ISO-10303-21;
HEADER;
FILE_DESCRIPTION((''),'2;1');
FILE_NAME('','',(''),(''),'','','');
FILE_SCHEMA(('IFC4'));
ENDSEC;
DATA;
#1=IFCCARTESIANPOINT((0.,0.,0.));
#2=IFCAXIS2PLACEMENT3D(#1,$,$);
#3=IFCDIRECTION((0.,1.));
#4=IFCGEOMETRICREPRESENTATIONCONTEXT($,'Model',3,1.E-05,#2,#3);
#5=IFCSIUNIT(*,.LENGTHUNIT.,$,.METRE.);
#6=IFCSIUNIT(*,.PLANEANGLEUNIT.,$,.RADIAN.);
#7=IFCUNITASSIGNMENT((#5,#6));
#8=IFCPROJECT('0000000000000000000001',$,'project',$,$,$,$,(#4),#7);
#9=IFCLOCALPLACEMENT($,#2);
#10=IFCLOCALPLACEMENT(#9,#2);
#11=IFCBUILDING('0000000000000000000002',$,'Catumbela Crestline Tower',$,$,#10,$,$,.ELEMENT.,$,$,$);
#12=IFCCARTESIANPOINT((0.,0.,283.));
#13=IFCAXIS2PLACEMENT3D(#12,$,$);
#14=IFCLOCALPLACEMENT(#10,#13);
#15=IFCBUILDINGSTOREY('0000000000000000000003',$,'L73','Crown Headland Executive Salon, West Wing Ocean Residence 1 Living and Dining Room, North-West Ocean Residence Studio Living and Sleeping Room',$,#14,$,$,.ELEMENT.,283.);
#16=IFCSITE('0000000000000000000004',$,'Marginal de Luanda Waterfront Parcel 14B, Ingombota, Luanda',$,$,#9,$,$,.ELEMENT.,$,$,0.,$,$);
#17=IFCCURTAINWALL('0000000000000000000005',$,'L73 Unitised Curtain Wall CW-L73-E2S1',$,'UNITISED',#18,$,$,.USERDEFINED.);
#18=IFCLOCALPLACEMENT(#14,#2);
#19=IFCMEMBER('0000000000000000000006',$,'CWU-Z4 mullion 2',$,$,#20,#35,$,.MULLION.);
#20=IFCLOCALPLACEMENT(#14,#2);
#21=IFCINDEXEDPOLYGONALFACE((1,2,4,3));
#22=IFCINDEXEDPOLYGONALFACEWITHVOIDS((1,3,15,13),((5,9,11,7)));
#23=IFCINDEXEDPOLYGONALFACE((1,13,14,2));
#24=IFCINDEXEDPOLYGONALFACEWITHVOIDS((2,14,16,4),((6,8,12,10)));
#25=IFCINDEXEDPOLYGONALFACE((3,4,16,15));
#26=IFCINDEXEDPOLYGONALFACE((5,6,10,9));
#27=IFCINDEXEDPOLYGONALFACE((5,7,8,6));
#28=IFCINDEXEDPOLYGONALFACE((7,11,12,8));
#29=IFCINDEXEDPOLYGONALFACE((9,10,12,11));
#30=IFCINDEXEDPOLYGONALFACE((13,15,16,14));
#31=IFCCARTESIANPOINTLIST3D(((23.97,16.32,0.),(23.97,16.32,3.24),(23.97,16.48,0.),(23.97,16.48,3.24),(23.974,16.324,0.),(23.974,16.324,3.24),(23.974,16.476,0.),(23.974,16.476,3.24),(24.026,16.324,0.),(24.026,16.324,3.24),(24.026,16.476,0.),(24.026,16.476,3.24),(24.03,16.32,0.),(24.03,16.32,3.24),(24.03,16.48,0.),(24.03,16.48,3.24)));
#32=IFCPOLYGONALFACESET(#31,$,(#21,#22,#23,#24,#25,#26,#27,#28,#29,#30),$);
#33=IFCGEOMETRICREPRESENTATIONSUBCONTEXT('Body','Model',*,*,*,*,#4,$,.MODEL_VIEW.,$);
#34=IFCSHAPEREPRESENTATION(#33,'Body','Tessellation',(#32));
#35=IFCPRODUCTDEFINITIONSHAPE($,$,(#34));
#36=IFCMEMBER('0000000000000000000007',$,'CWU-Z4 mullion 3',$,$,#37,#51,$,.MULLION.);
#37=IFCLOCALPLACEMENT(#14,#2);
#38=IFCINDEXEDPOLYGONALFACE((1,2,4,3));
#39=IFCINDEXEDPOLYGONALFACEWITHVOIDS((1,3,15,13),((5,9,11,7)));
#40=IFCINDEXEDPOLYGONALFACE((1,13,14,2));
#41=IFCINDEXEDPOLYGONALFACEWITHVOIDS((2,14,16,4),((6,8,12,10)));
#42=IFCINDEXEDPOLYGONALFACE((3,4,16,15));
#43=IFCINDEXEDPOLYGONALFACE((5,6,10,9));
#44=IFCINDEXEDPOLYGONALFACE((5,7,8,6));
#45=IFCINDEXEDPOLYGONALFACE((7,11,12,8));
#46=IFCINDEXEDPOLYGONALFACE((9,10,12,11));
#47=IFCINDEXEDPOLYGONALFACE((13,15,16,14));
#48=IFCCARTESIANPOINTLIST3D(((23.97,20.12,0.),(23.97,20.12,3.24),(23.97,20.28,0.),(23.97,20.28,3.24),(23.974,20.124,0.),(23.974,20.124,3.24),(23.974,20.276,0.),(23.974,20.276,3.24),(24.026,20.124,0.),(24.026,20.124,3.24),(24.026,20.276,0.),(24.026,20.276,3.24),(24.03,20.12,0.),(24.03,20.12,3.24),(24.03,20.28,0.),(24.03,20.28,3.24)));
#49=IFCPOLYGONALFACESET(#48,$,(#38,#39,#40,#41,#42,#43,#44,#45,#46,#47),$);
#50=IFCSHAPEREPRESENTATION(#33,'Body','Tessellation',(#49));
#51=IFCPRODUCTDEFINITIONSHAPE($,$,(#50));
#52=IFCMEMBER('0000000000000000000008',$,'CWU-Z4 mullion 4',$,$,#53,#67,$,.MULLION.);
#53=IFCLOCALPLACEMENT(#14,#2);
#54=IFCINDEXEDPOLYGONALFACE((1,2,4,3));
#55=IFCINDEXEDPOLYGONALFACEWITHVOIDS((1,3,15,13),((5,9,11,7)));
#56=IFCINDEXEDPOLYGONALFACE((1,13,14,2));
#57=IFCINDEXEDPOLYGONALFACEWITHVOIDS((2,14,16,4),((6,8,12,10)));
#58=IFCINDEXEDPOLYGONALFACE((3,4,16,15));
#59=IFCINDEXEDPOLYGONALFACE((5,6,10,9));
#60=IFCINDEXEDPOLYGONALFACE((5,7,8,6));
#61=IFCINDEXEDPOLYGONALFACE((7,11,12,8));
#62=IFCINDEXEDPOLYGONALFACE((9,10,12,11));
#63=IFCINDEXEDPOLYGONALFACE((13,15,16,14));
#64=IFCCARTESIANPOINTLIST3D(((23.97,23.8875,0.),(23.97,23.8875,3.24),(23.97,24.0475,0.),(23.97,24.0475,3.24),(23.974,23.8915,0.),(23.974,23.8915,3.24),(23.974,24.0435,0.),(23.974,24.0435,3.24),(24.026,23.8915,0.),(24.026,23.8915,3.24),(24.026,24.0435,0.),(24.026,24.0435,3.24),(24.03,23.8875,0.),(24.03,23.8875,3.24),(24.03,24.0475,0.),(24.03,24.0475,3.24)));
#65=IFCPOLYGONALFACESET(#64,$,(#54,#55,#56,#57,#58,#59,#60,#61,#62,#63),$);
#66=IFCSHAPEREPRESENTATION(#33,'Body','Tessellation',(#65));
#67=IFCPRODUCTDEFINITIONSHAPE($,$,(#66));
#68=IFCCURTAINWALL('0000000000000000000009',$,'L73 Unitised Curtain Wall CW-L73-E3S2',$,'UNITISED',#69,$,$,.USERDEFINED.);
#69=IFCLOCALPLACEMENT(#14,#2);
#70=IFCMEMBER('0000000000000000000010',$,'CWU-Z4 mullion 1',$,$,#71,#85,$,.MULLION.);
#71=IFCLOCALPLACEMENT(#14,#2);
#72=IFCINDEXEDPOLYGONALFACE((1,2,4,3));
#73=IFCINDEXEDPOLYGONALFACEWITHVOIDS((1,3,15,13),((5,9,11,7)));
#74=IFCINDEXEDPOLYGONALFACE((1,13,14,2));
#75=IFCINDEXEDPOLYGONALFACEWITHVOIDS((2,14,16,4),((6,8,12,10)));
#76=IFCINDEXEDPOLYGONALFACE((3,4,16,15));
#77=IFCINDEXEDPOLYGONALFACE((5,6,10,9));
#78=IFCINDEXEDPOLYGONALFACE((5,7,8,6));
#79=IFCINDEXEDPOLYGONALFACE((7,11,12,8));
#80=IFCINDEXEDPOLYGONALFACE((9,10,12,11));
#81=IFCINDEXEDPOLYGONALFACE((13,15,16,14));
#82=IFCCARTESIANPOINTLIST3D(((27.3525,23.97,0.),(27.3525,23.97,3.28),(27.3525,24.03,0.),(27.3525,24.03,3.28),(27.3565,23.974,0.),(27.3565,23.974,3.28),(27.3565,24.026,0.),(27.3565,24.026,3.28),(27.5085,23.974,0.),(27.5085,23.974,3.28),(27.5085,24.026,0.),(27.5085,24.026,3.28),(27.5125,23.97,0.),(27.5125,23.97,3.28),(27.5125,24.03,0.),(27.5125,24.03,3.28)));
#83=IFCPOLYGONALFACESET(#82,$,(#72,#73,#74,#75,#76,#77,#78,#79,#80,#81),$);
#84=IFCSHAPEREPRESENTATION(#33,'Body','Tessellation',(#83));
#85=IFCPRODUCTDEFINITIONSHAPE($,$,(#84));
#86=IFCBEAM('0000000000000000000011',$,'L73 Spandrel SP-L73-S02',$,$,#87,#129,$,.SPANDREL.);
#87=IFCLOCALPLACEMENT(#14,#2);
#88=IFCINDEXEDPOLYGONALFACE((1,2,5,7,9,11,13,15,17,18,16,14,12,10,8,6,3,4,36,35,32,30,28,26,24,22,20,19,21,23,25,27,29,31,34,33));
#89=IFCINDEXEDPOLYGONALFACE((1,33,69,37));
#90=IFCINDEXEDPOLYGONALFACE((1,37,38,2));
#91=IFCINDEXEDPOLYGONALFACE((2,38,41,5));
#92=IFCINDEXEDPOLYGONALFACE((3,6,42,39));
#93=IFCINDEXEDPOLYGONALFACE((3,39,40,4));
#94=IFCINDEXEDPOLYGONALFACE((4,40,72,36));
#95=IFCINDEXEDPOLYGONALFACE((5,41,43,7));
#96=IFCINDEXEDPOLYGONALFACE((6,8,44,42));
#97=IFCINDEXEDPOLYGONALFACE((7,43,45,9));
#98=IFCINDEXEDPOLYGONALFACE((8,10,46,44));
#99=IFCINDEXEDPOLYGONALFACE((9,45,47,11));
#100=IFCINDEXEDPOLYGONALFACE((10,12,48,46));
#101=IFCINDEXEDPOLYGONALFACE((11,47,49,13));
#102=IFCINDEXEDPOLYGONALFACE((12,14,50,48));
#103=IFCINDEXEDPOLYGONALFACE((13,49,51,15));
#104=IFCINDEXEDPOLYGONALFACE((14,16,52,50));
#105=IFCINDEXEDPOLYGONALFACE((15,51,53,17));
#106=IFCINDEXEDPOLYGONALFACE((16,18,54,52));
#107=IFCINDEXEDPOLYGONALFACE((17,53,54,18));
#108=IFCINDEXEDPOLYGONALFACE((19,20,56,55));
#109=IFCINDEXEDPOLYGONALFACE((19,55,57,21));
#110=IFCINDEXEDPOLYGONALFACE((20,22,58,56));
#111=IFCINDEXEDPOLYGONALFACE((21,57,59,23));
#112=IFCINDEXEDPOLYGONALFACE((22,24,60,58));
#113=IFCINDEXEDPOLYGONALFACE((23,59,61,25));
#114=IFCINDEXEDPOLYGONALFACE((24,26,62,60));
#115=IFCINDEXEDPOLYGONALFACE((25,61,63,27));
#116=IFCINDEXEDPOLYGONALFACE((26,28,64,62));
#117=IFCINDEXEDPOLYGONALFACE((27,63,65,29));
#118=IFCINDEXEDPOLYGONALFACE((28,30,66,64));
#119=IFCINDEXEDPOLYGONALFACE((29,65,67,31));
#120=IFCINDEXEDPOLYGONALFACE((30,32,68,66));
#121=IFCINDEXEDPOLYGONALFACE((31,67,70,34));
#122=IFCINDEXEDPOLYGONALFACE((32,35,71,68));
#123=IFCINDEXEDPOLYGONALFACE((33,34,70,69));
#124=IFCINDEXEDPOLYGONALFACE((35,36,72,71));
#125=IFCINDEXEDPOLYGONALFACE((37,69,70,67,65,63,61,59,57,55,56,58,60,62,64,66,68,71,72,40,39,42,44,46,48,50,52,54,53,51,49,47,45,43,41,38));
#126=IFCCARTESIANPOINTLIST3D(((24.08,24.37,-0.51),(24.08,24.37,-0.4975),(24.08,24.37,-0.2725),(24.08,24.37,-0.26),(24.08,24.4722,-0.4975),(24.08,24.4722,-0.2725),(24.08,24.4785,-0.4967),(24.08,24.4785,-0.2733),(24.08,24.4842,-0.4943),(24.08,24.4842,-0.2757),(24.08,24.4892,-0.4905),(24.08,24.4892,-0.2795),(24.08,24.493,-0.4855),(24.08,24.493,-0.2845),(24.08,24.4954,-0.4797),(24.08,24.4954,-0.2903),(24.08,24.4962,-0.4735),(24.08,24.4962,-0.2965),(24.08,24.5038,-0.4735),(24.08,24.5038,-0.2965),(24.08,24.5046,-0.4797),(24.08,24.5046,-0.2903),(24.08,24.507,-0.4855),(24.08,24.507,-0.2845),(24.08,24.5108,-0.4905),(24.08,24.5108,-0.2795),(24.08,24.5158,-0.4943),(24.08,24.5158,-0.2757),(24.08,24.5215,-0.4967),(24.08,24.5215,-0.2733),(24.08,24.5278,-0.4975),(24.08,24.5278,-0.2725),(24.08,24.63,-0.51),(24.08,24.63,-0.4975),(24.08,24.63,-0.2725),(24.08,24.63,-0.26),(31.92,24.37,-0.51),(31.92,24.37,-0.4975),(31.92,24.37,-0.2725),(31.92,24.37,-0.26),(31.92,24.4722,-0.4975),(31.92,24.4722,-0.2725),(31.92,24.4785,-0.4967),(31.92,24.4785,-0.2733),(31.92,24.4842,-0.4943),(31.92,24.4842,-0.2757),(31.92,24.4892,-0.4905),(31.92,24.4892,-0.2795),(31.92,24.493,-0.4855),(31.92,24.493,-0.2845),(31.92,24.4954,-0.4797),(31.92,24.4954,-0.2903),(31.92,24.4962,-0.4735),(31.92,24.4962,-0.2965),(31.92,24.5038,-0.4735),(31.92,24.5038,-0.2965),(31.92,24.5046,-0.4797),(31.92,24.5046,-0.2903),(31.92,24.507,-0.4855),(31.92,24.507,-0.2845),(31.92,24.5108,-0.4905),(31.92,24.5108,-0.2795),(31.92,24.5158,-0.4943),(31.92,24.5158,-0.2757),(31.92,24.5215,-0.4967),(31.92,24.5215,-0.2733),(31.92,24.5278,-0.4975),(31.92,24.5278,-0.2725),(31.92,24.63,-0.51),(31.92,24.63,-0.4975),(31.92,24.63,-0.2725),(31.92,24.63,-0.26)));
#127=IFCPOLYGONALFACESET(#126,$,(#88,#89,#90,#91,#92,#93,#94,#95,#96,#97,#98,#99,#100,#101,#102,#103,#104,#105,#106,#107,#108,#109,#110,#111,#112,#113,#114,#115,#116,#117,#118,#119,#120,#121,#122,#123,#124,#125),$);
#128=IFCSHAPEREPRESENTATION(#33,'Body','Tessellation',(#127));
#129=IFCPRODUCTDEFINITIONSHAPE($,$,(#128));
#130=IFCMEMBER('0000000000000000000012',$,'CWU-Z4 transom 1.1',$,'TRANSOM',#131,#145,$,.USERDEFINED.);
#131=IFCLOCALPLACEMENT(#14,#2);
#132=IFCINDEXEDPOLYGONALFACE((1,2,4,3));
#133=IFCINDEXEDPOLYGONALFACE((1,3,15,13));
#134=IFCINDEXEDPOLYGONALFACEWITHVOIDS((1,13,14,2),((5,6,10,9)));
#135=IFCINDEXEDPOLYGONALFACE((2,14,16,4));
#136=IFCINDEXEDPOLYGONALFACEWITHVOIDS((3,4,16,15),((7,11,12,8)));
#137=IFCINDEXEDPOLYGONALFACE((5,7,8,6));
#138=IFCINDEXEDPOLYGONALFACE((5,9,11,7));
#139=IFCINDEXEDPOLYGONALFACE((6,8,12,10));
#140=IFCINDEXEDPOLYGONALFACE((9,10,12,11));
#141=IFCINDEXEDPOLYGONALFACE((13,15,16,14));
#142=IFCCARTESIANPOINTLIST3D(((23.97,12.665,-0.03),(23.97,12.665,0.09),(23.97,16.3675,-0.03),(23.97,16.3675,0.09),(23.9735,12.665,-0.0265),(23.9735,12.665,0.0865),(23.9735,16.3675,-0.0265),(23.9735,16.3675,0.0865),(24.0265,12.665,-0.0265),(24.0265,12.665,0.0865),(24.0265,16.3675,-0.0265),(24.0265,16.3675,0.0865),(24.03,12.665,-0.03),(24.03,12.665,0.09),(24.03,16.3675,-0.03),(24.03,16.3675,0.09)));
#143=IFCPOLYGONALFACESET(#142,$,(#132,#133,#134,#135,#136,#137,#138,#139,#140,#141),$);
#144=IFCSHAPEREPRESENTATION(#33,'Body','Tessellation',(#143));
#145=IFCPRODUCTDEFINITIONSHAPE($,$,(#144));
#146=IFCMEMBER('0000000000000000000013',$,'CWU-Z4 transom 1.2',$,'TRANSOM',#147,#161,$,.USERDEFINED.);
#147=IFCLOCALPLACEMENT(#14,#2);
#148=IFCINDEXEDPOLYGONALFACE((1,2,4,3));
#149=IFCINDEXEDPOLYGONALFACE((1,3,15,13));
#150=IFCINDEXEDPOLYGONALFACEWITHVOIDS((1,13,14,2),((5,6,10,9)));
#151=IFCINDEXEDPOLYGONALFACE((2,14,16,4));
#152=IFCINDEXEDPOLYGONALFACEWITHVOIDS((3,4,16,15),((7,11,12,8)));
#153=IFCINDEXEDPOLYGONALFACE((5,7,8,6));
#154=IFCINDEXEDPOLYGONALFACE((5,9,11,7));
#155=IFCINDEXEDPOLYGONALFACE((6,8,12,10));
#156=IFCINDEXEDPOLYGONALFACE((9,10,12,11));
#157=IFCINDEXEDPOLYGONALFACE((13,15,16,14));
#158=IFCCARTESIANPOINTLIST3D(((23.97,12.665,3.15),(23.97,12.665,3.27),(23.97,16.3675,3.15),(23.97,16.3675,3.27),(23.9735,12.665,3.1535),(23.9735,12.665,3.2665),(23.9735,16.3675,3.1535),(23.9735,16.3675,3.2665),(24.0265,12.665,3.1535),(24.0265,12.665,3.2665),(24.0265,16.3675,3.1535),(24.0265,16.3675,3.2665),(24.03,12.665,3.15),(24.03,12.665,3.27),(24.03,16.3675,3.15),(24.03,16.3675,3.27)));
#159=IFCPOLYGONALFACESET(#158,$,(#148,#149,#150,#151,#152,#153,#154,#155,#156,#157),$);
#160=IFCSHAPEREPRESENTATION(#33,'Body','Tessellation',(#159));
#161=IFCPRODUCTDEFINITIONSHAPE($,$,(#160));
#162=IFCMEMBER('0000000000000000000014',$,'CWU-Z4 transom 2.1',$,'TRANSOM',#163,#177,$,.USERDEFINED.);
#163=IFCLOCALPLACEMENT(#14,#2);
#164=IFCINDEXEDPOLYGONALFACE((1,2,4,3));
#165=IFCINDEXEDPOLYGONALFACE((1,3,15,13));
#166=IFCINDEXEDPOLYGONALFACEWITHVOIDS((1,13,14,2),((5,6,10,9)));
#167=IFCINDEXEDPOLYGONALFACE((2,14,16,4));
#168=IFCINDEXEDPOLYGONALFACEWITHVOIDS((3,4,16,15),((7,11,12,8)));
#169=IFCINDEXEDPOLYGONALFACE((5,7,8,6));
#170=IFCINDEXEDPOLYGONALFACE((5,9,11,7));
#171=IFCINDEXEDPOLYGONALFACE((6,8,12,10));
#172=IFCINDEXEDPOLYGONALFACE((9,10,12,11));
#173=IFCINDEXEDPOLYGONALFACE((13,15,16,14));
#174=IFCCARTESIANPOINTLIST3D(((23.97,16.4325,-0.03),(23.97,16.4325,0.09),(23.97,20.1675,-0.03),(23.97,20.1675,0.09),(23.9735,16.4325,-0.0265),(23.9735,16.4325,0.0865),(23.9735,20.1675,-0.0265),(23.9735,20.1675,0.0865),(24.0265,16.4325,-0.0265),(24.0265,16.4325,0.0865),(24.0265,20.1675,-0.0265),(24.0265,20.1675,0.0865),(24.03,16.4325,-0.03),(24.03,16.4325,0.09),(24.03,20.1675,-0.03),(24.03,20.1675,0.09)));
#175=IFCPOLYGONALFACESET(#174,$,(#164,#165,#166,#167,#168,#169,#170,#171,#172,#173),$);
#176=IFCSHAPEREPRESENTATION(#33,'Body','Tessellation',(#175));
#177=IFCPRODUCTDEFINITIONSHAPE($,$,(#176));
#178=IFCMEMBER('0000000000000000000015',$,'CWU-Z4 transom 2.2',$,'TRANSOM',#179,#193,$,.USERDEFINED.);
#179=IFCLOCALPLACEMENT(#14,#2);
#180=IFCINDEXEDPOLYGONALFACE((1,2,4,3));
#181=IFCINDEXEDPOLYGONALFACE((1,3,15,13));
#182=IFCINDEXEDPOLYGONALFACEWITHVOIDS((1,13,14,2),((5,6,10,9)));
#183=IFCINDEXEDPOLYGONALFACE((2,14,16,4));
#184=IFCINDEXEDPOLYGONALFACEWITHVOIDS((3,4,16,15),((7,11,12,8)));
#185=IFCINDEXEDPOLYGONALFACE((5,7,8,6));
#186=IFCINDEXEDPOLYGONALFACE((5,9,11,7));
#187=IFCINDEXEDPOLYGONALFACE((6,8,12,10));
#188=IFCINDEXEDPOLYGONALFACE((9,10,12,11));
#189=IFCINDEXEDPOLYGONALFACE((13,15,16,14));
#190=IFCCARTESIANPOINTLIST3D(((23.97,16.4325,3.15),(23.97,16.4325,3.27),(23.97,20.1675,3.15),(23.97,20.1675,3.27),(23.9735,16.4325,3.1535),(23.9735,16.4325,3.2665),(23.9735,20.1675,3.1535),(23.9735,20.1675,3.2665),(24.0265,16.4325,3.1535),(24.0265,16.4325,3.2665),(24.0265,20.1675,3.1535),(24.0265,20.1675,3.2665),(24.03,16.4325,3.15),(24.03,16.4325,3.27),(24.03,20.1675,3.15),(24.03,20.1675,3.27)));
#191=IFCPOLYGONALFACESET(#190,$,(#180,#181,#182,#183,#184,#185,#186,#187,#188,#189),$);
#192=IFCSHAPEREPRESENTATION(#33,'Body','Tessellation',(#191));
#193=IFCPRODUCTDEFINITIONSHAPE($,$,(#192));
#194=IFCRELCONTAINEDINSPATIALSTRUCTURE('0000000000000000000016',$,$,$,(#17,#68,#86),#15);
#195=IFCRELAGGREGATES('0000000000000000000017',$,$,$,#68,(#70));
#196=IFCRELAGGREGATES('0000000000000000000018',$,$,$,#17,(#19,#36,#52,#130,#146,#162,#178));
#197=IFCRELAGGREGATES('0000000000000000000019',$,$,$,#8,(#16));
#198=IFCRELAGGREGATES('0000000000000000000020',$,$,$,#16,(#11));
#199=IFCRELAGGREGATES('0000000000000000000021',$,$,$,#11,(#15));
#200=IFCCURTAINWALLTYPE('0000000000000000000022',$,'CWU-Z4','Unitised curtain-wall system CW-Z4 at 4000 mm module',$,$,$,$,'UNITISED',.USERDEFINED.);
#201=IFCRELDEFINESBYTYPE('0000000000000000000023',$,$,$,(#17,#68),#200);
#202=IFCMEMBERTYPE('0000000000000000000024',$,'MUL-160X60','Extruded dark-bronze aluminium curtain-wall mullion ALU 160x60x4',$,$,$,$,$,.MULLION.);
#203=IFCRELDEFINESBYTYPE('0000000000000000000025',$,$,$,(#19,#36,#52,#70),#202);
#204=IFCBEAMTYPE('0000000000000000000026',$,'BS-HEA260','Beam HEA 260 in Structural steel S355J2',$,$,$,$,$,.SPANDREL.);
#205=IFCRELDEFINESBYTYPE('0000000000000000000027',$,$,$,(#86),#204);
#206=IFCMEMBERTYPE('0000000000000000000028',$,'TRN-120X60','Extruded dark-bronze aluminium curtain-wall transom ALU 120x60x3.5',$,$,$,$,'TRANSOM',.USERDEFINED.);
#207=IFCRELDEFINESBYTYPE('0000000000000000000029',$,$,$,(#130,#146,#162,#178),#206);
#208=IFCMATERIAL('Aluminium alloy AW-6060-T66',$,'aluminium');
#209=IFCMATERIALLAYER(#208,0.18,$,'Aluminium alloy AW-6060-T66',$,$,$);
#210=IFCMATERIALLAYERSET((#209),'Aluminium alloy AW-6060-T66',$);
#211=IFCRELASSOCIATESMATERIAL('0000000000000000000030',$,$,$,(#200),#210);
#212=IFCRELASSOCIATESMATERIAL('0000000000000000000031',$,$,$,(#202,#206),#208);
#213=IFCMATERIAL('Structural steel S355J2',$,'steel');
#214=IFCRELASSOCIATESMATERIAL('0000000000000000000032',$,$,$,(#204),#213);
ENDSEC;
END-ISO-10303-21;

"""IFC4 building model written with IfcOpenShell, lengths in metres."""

from ifc_helpers import new_model, si_unit, direction, frame, origin, origin_2d, place, context, subcontext, project, spatial, hollow_rectangle, i_section, extrude, material, layer, layer_set, material_profile, profile_set, type_object, element, aggregate, save


model = new_model("IFC4")

# Units and contexts
model_context = context("Model", 3, precision=1e-05, world=origin(), true_north=direction((0.0, 1.0)))
body_context = subcontext(model_context, "Body", "Model", "MODEL_VIEW")
ifc_project = project(units=[si_unit("LENGTHUNIT", "METRE"), si_unit("PLANEANGLEUNIT", "RADIAN")], contexts=[model_context])

# Site, building, storey
site_placement = place(None, origin())
site = spatial("IfcSite", under=ifc_project, at=site_placement, Name="Marginal de Luanda Waterfront Parcel 14B, Ingombota, Luanda", CompositionType="ELEMENT", RefElevation=0.0)
building_placement = place(site_placement, origin())
building = spatial("IfcBuilding", under=site, at=building_placement, Name="Catumbela Crestline Tower", CompositionType="ELEMENT")
storey_placement = place(building_placement, frame((0.0, 0.0, 283.0)))
storey = spatial("IfcBuildingStorey", under=building, at=storey_placement, Name="L73", Description="Crown Headland Executive Salon, West Wing Ocean Residence 1 Living and Dining Room, North-West Ocean Residence Studio Living and Sleeping Room", CompositionType="ELEMENT", Elevation=283.0)

# Shared definitions
ifc_material_1 = material(Name="Structural steel S355J2", Category="steel")

# Curtain wall, members
ifc_material_2 = material(Name="Aluminium alloy AW-6060-T66", Category="aluminium")
ifc_layer_1 = layer(ifc_material_2, 0.18, Name="Aluminium alloy AW-6060-T66")
ifc_layer_set_1 = layer_set([ifc_layer_1], Name="Aluminium alloy AW-6060-T66")
curtain_wall_type = type_object("IfcCurtainWallType", Name="CWU-Z4", Description="Unitised curtain-wall system CW-Z4 at 4000 mm module", ElementType="UNITISED", PredefinedType="USERDEFINED", material=ifc_layer_set_1)
curtain_wall_1_placement = place(storey_placement, origin())
curtain_wall_1 = element("IfcCurtainWall", 1, at=curtain_wall_1_placement, inside=storey, type_object=curtain_wall_type, Name="L73 Unitised Curtain Wall CW-L73-E2S1", ObjectType="UNITISED", PredefinedType="USERDEFINED")
ifc_material_profile_1 = material_profile(ifc_material_2, hollow_rectangle(XDim=0.06, YDim=0.16, WallThickness=0.004, at=origin_2d()), Name="ALU 160x60x4")
ifc_profile_set_1 = profile_set([ifc_material_profile_1], Name="Aluminium alloy AW-6060-T66")
member_type_1 = type_object("IfcMemberType", Name="MUL-160X60", Description="Extruded dark-bronze aluminium curtain-wall mullion ALU 160x60x4", PredefinedType="MULLION", material=ifc_profile_set_1)
member_1_placement = place(storey_placement, frame((24.0, 16.4, 0.0), z_axis=(0.0, 0.0, 1.0), x_axis=(-1.0, 0.0, 0.0)))
member_1 = element("IfcMember", 2, at=member_1_placement, type_object=member_type_1, Name="CWU-Z4 mullion 2", PredefinedType="MULLION", context=body_context, shape_type="SweptSolid", body=[
    extrude(hollow_rectangle(XDim=0.06, YDim=0.16, WallThickness=0.004, at=origin_2d()), origin(), (0.0, 0.0, 1.0), 3.24),
])
member_2_placement = place(storey_placement, frame((24.0, 20.2, 0.0), z_axis=(0.0, 0.0, 1.0), x_axis=(-1.0, 0.0, 0.0)))
member_2 = element("IfcMember", 3, at=member_2_placement, type_object=member_type_1, Name="CWU-Z4 mullion 3", PredefinedType="MULLION", context=body_context, shape_type="SweptSolid", body=[
    extrude(hollow_rectangle(XDim=0.06, YDim=0.16, WallThickness=0.004, at=origin_2d()), origin(), (0.0, 0.0, 1.0), 3.24),
])
member_3_placement = place(storey_placement, frame((24.0, 23.9675, 0.0), z_axis=(0.0, 0.0, 1.0), x_axis=(-1.0, 0.0, 0.0)))
member_3 = element("IfcMember", 4, at=member_3_placement, type_object=member_type_1, Name="CWU-Z4 mullion 4", PredefinedType="MULLION", context=body_context, shape_type="SweptSolid", body=[
    extrude(hollow_rectangle(XDim=0.06, YDim=0.16, WallThickness=0.004, at=origin_2d()), origin(), (0.0, 0.0, 1.0), 3.24),
])

# Curtain wall, member
curtain_wall_2_placement = place(storey_placement, origin())
curtain_wall_2 = element("IfcCurtainWall", 5, at=curtain_wall_2_placement, inside=storey, type_object=curtain_wall_type, Name="L73 Unitised Curtain Wall CW-L73-E3S2", ObjectType="UNITISED", PredefinedType="USERDEFINED")
member_4_placement = place(storey_placement, frame((27.4325, 24.0, 0.0), z_axis=(0.0, 0.0, 1.0), x_axis=(0.0, 1.0, 0.0)))
member_4 = element("IfcMember", 6, at=member_4_placement, type_object=member_type_1, Name="CWU-Z4 mullion 1", PredefinedType="MULLION", context=body_context, shape_type="SweptSolid", body=[
    extrude(hollow_rectangle(XDim=0.06, YDim=0.16, WallThickness=0.004, at=origin_2d()), origin(), (0.0, 0.0, 1.0), 3.28),
])

# Beam
ifc_material_profile_2 = material_profile(ifc_material_1, i_section(OverallWidth=0.26, OverallDepth=0.25, WebThickness=0.0075, FlangeThickness=0.0125, FilletRadius=0.024, at=origin_2d()), Name="HEA 260")
ifc_profile_set_2 = profile_set([ifc_material_profile_2], Name="Structural steel S355J2")
beam_type_1 = type_object("IfcBeamType", Name="BS-HEA260", Description="Beam HEA 260 in Structural steel S355J2", PredefinedType="SPANDREL", material=ifc_profile_set_2)
beam_1_placement = place(storey_placement, frame((24.08, 24.5, -0.385), z_axis=(1.0, 0.0, 0.0), x_axis=(0.0, 1.0, 0.0)))
element("IfcBeam", 7, at=beam_1_placement, inside=storey, type_object=beam_type_1, Name="L73 Spandrel SP-L73-S02", PredefinedType="SPANDREL", context=body_context, shape_type="SweptSolid", body=[
    extrude(i_section(OverallWidth=0.26, OverallDepth=0.25, WebThickness=0.0075, FlangeThickness=0.0125, FilletRadius=0.024, at=origin_2d()), origin(), (0.0, 0.0, 1.0), 7.84),
])

# Members
ifc_material_profile_3 = material_profile(ifc_material_2, hollow_rectangle(XDim=0.06, YDim=0.12, WallThickness=0.0035, at=origin_2d()), Name="ALU 120x60x3.5")
ifc_profile_set_3 = profile_set([ifc_material_profile_3], Name="Aluminium alloy AW-6060-T66")
member_type_2 = type_object("IfcMemberType", Name="TRN-120X60", Description="Extruded dark-bronze aluminium curtain-wall transom ALU 120x60x3.5", ElementType="TRANSOM", PredefinedType="USERDEFINED", material=ifc_profile_set_3)
member_5_placement = place(storey_placement, frame((24.0, 12.665, 0.03), z_axis=(0.0, 1.0, 0.0), x_axis=(-1.0, 0.0, 0.0)))
member_5 = element("IfcMember", 8, at=member_5_placement, type_object=member_type_2, Name="CWU-Z4 transom 1.1", ObjectType="TRANSOM", PredefinedType="USERDEFINED", context=body_context, shape_type="SweptSolid", body=[
    extrude(hollow_rectangle(XDim=0.06, YDim=0.12, WallThickness=0.0035, at=origin_2d()), origin(), (0.0, 0.0, 1.0), 3.7025),
])
member_6_placement = place(storey_placement, frame((24.0, 12.665, 3.21), z_axis=(0.0, 1.0, 0.0), x_axis=(-1.0, 0.0, 0.0)))
member_6 = element("IfcMember", 9, at=member_6_placement, type_object=member_type_2, Name="CWU-Z4 transom 1.2", ObjectType="TRANSOM", PredefinedType="USERDEFINED", context=body_context, shape_type="SweptSolid", body=[
    extrude(hollow_rectangle(XDim=0.06, YDim=0.12, WallThickness=0.0035, at=origin_2d()), origin(), (0.0, 0.0, 1.0), 3.7025),
])
member_7_placement = place(storey_placement, frame((24.0, 16.4325, 0.03), z_axis=(0.0, 1.0, 0.0), x_axis=(-1.0, 0.0, 0.0)))
member_7 = element("IfcMember", 10, at=member_7_placement, type_object=member_type_2, Name="CWU-Z4 transom 2.1", ObjectType="TRANSOM", PredefinedType="USERDEFINED", context=body_context, shape_type="SweptSolid", body=[
    extrude(hollow_rectangle(XDim=0.06, YDim=0.12, WallThickness=0.0035, at=origin_2d()), origin(), (0.0, 0.0, 1.0), 3.735),
])
member_8_placement = place(storey_placement, frame((24.0, 16.4325, 3.21), z_axis=(0.0, 1.0, 0.0), x_axis=(-1.0, 0.0, 0.0)))
member_8 = element("IfcMember", 11, at=member_8_placement, type_object=member_type_2, Name="CWU-Z4 transom 2.2", ObjectType="TRANSOM", PredefinedType="USERDEFINED", context=body_context, shape_type="SweptSolid", body=[
    extrude(hollow_rectangle(XDim=0.06, YDim=0.12, WallThickness=0.0035, at=origin_2d()), origin(), (0.0, 0.0, 1.0), 3.735),
])
aggregate(curtain_wall_2, [member_4])

aggregate(curtain_wall_1, [member_1, member_2, member_3, member_5, member_6, member_7, member_8])

save(model, "model.ifc")
